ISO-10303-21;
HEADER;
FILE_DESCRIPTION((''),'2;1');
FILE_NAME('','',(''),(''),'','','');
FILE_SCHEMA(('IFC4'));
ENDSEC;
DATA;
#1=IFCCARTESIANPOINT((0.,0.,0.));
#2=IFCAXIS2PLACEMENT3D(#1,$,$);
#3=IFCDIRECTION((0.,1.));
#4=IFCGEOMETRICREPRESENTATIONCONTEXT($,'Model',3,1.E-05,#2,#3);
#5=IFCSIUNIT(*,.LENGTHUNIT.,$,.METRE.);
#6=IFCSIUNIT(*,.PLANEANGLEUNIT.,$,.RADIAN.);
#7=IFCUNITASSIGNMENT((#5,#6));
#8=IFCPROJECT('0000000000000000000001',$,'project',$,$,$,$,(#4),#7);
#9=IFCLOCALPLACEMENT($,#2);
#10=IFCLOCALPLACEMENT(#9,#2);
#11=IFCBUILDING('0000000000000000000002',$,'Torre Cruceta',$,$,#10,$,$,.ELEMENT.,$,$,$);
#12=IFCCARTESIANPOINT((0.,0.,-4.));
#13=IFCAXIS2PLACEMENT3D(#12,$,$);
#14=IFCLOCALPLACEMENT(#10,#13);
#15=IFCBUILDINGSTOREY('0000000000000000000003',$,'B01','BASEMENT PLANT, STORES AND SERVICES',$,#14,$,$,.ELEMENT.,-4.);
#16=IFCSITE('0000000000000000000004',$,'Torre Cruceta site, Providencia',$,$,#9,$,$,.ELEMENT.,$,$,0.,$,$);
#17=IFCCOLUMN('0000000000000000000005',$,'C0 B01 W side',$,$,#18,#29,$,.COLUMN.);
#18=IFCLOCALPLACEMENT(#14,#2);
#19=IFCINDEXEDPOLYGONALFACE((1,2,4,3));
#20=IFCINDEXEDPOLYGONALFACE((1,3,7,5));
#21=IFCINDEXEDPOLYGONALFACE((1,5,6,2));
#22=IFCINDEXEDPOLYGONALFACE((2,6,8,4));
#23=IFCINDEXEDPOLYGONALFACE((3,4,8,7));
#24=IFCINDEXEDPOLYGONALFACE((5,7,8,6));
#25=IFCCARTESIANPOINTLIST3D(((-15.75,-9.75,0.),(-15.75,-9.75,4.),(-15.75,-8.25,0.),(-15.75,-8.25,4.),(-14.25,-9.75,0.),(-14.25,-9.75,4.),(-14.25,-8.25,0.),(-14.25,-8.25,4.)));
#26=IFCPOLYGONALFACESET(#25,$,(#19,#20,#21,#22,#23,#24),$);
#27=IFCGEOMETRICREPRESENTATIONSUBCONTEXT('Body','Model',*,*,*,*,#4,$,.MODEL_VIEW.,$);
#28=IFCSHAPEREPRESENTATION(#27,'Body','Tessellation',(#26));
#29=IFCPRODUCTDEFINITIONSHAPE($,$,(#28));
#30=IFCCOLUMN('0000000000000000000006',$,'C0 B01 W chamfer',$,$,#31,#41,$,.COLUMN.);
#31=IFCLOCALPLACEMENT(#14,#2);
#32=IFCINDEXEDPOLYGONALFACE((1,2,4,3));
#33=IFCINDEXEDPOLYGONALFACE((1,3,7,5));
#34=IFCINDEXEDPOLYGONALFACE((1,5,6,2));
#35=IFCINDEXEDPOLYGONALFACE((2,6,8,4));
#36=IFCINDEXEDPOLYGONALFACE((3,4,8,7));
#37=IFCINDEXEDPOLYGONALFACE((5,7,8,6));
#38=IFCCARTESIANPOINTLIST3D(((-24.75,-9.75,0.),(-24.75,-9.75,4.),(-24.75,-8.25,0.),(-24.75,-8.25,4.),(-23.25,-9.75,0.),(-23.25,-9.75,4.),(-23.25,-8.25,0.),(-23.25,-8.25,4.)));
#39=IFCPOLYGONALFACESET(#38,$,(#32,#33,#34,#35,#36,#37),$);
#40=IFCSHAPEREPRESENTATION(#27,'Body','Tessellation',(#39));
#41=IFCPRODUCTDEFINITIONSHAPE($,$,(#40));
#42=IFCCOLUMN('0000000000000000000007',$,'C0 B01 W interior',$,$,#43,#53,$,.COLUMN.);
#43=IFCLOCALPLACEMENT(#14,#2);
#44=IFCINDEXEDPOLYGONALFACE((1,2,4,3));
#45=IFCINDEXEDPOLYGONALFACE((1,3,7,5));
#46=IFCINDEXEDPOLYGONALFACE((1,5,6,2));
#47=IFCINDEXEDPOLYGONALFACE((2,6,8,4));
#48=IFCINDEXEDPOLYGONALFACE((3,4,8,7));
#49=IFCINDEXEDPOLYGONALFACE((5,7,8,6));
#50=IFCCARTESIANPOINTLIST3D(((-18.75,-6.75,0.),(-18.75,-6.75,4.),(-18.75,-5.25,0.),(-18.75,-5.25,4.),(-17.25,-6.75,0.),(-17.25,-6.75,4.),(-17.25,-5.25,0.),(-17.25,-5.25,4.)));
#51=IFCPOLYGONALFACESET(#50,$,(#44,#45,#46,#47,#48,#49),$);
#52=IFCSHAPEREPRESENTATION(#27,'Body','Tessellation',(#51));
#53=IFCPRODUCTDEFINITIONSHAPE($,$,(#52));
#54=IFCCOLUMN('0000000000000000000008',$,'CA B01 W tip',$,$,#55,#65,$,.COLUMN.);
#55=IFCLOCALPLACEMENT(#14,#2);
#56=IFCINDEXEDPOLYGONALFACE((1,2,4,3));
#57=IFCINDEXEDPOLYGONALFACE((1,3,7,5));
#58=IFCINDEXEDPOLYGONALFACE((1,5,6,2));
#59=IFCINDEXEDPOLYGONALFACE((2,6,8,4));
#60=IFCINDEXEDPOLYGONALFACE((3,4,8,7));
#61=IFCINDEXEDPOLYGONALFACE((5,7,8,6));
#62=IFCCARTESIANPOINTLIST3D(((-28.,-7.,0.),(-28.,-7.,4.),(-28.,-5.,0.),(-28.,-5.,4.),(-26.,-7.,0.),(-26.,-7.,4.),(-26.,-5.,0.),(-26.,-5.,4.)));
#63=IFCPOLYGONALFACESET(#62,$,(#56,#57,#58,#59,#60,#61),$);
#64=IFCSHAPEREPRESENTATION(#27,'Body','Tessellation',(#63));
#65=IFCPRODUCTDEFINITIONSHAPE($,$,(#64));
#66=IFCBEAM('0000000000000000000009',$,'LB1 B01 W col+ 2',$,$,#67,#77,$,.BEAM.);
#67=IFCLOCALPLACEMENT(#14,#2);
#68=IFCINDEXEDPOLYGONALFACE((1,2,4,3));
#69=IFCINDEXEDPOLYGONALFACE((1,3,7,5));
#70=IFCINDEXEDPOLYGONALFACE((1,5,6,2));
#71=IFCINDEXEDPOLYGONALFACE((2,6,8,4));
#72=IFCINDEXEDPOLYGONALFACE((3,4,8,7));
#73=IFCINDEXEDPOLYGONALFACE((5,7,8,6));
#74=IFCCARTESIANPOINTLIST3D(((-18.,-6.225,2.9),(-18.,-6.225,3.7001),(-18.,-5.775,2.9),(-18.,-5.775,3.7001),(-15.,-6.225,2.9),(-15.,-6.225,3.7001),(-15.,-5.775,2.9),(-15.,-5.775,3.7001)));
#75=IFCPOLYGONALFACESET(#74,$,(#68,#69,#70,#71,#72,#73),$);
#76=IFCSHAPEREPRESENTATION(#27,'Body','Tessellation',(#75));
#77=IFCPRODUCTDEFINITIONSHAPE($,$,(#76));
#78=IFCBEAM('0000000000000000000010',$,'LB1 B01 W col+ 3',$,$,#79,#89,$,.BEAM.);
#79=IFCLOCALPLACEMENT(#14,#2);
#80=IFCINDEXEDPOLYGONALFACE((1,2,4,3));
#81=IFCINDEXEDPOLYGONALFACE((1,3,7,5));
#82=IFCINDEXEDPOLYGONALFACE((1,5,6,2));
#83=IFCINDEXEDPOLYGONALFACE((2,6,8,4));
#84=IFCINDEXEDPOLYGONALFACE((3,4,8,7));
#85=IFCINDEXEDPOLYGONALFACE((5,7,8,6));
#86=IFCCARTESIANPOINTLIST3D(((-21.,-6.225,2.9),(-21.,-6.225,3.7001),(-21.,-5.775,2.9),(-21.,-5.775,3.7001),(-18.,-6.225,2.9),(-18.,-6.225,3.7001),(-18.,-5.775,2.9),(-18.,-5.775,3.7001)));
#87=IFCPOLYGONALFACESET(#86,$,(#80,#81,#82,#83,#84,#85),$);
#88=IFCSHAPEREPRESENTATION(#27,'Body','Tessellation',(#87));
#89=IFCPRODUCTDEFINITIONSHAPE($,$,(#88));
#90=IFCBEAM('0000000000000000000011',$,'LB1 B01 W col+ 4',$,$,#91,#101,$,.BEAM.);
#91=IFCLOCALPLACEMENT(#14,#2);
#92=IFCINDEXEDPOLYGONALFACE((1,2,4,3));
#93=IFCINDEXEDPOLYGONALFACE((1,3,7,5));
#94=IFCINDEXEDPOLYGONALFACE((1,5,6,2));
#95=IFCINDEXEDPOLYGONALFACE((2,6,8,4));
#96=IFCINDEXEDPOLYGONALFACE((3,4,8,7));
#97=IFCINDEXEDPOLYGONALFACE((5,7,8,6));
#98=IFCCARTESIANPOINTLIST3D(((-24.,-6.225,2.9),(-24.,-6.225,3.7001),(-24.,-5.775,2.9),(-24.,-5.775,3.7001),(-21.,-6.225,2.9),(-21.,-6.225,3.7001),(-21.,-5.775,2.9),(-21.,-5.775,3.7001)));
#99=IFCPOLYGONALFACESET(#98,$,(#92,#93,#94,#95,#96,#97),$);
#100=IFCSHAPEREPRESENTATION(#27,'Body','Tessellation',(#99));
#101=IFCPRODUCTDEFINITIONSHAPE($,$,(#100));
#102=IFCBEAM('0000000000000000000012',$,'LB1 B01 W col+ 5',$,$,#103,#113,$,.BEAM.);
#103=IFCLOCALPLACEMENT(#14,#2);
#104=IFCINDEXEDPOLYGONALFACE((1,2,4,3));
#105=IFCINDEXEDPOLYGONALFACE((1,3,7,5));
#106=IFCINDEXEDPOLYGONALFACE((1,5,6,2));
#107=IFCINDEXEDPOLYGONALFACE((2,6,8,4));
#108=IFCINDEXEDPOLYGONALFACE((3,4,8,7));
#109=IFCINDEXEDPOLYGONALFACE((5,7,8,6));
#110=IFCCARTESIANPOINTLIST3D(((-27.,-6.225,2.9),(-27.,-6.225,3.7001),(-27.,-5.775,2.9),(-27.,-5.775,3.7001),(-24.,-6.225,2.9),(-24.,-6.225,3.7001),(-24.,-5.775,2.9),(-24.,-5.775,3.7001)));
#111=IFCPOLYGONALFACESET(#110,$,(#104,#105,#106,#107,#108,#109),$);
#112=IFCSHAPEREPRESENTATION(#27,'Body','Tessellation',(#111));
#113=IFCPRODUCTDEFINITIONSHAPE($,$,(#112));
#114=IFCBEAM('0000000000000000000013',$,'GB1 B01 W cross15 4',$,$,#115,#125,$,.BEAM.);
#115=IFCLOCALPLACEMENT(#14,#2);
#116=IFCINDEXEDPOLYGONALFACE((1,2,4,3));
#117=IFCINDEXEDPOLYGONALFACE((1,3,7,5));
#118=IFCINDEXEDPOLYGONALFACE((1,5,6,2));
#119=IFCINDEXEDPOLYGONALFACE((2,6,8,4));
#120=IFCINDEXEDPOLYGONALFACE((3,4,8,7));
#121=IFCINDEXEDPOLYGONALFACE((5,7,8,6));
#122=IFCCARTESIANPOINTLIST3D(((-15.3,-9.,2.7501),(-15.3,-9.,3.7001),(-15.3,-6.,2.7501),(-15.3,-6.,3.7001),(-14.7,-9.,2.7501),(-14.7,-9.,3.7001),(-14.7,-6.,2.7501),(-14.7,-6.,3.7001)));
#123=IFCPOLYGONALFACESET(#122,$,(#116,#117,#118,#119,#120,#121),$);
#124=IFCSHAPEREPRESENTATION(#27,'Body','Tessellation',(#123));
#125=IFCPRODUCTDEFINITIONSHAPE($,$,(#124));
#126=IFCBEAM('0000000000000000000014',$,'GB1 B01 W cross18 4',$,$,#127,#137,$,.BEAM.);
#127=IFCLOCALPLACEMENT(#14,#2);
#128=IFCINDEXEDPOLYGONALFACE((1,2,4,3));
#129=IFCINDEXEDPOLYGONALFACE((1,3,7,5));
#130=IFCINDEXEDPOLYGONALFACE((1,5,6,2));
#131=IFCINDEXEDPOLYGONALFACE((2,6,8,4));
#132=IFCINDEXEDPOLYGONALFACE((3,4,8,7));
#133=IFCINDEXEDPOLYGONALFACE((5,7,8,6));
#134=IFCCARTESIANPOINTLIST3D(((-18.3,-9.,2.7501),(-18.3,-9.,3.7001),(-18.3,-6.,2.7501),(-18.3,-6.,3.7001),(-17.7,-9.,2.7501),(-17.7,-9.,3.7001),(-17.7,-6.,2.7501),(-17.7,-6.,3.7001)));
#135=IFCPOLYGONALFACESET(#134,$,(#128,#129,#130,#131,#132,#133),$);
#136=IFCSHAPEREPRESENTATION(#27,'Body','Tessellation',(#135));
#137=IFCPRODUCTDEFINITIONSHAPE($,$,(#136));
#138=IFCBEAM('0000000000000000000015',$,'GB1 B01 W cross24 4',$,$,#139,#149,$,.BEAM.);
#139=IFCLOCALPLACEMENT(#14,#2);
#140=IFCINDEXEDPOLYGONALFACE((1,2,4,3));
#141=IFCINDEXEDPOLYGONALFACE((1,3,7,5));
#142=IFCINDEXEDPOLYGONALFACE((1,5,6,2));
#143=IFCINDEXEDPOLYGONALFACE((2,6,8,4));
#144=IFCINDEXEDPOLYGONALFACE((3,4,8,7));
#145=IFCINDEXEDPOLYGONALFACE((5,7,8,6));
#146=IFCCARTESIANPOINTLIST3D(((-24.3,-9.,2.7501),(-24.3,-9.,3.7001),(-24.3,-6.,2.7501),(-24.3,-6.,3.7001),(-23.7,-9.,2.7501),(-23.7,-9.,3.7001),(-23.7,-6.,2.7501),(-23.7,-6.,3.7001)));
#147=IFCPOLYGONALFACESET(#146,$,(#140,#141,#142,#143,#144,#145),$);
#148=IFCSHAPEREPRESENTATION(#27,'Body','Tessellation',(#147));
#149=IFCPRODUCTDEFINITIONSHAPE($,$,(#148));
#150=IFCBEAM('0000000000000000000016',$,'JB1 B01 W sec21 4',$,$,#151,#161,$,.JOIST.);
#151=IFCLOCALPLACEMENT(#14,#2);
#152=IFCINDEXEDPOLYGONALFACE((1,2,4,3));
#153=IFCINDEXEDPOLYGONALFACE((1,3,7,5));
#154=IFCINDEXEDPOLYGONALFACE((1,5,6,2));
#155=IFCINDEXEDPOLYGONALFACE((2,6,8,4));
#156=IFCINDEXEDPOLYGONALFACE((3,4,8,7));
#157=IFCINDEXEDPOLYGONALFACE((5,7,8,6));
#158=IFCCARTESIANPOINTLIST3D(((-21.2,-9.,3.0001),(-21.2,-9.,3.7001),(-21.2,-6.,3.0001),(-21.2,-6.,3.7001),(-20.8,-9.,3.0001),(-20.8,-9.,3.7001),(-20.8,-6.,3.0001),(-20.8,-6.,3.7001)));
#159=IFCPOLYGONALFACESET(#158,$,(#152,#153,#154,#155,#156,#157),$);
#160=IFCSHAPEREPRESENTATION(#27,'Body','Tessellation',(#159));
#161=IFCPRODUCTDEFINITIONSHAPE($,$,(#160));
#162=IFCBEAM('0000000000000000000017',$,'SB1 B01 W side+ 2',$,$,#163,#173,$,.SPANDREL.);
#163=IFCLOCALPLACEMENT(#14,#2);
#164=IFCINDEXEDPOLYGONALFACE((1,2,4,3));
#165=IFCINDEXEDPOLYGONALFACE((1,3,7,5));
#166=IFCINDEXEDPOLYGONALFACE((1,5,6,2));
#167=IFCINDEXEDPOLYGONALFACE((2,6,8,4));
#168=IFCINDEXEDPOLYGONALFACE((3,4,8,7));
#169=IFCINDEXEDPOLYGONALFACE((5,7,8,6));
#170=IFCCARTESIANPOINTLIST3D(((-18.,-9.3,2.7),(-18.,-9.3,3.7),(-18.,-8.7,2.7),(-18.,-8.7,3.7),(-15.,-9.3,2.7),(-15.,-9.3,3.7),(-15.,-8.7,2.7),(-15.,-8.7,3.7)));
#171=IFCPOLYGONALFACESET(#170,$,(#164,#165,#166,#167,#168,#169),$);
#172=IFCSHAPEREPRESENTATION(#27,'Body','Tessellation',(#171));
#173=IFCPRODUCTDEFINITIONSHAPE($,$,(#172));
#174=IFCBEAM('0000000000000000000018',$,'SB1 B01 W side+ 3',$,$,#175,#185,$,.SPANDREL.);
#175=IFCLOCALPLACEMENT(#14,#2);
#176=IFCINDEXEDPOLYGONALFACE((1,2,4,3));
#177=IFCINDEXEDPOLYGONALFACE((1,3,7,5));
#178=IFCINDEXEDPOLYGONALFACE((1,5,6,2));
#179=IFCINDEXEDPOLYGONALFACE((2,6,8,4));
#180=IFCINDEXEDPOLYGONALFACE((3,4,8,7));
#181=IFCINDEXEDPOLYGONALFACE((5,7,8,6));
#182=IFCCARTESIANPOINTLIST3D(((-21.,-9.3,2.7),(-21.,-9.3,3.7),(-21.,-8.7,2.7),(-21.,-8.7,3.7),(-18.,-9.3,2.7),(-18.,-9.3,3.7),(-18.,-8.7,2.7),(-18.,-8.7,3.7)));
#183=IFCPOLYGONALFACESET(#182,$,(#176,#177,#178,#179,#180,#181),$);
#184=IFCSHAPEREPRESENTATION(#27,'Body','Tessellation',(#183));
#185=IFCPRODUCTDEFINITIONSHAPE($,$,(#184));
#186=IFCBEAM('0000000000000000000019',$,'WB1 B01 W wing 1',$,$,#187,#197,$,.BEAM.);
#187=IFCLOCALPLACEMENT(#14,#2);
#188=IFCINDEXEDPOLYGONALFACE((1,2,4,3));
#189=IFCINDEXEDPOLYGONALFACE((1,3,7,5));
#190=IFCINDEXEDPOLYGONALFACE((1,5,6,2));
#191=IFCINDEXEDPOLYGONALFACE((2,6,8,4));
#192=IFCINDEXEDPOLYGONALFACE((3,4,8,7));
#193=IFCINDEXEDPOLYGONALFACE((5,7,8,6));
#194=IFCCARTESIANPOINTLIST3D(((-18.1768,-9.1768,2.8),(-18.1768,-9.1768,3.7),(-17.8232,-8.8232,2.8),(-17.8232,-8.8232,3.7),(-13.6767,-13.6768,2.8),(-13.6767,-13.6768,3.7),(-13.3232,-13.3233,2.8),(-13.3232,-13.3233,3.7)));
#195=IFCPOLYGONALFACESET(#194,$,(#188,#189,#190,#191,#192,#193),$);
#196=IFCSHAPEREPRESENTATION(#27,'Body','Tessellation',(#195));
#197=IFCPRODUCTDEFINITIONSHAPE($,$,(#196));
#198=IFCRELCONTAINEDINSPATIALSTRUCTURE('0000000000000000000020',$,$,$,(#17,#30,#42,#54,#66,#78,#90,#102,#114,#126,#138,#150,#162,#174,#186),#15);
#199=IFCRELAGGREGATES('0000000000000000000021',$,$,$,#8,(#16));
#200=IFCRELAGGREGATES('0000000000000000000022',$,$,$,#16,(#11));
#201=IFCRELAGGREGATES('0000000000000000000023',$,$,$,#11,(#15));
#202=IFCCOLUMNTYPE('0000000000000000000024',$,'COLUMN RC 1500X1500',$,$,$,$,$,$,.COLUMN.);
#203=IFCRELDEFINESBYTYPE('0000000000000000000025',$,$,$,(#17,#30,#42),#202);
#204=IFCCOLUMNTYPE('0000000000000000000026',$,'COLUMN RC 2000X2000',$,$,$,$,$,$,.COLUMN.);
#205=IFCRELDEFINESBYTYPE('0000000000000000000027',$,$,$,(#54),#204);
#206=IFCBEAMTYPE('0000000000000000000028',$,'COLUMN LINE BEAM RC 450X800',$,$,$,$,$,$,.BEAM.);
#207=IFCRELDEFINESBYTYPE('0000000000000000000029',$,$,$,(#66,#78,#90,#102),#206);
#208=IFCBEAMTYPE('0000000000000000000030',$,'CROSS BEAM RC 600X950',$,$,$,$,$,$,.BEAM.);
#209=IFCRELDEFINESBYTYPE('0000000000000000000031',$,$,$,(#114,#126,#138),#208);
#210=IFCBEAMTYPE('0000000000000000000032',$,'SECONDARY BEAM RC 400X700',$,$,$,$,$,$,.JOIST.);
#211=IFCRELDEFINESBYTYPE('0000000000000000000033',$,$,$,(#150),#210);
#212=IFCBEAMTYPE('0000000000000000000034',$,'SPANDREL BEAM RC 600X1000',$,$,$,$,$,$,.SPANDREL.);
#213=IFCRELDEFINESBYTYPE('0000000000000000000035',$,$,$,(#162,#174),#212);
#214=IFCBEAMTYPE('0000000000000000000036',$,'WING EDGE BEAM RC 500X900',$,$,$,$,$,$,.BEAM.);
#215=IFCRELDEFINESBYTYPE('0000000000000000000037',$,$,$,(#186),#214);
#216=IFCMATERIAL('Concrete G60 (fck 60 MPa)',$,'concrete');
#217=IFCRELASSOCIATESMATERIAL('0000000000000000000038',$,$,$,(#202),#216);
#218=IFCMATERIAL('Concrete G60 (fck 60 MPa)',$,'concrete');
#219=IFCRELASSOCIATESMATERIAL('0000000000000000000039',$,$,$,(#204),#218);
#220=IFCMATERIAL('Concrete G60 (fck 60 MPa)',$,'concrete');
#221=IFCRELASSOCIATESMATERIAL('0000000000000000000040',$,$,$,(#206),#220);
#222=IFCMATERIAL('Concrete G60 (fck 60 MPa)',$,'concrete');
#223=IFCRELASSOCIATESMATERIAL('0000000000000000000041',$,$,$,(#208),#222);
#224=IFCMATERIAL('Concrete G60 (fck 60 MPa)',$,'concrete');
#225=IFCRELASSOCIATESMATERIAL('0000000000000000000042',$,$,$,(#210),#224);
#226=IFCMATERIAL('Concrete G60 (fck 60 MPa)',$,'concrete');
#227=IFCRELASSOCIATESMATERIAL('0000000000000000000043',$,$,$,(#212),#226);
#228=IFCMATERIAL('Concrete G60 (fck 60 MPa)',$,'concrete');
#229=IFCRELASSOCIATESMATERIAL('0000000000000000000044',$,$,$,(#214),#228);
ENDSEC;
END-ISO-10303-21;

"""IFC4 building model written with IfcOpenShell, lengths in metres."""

from ifc_helpers import new_model, si_unit, direction, frame, origin, origin_2d, place, context, subcontext, project, spatial, rectangle, extrude, material, material_profile, profile_set, type_object, element, save


model = new_model("IFC4")

# Units and contexts
model_context = context("Model", 3, precision=1e-05, world=origin(), true_north=direction((0.0, 1.0)))
body_context = subcontext(model_context, "Body", "Model", "MODEL_VIEW")
ifc_project = project(units=[si_unit("LENGTHUNIT", "METRE"), si_unit("PLANEANGLEUNIT", "RADIAN")], contexts=[model_context])

# Site, building, storey
site_placement = place(None, origin())
site = spatial("IfcSite", under=ifc_project, at=site_placement, Name="Torre Cruceta site, Providencia", CompositionType="ELEMENT", RefElevation=0.0)
building_placement = place(site_placement, origin())
building = spatial("IfcBuilding", under=site, at=building_placement, Name="Torre Cruceta", CompositionType="ELEMENT")
storey_placement = place(building_placement, frame((0.0, 0.0, -4.0)))
storey = spatial("IfcBuildingStorey", under=building, at=storey_placement, Name="B01", Description="BASEMENT PLANT, STORES AND SERVICES", CompositionType="ELEMENT", Elevation=-4.0)

# Columns
ifc_material_1 = material(Name="Concrete G60 (fck 60 MPa)", Category="concrete")
ifc_material_profile_1 = material_profile(ifc_material_1, rectangle(XDim=1.5, YDim=1.5, at=origin_2d()), Name="RC 1500X1500")
ifc_profile_set_1 = profile_set([ifc_material_profile_1], Name="Concrete G60 (fck 60 MPa)")
column_type_1 = type_object("IfcColumnType", Name="COLUMN RC 1500X1500", PredefinedType="COLUMN", material=ifc_profile_set_1)
for number, where, z_axis, x_axis, name in (
    (1, (-15.0, -9.0, 0.0), (0.0, 0.0, 1.0), (1.0, 0.0, 0.0), "C0 B01 W side"),
    (2, (-24.0, -9.0, 0.0), (0.0, 0.0, 1.0), (1.0, 0.0, 0.0), "C0 B01 W chamfer"),
    (3, (-18.0, -6.0, 0.0), (0.0, 0.0, 1.0), (1.0, 0.0, 0.0), "C0 B01 W interior"),
):
    element("IfcColumn", number, at=place(storey_placement, frame(where, z_axis=z_axis, x_axis=x_axis)), inside=storey, type_object=column_type_1, Name=name, PredefinedType="COLUMN", context=body_context, shape_type="SweptSolid", body=[
        extrude(rectangle(XDim=1.5, YDim=1.5, at=origin_2d()), origin(), (0.0, 0.0, 1.0), 4.0),
    ])
ifc_material_2 = material(Name="Concrete G60 (fck 60 MPa)", Category="concrete")
ifc_material_profile_2 = material_profile(ifc_material_2, rectangle(XDim=2.0, YDim=2.0, at=origin_2d()), Name="RC 2000X2000")
ifc_profile_set_2 = profile_set([ifc_material_profile_2], Name="Concrete G60 (fck 60 MPa)")
column_type_2 = type_object("IfcColumnType", Name="COLUMN RC 2000X2000", PredefinedType="COLUMN", material=ifc_profile_set_2)
column_placement = place(storey_placement, frame((-27.0, -6.0, 0.0), z_axis=(0.0, 0.0, 1.0), x_axis=(1.0, 0.0, 0.0)))
element("IfcColumn", 4, at=column_placement, inside=storey, type_object=column_type_2, Name="CA B01 W tip", PredefinedType="COLUMN", context=body_context, shape_type="SweptSolid", body=[
    extrude(rectangle(XDim=2.0, YDim=2.0, at=origin_2d()), origin(), (0.0, 0.0, 1.0), 4.0),
])

# Beams
ifc_material_3 = material(Name="Concrete G60 (fck 60 MPa)", Category="concrete")
ifc_material_profile_3 = material_profile(ifc_material_3, rectangle(XDim=0.45, YDim=0.8, at=origin_2d()), Name="RC 450X800")
ifc_profile_set_3 = profile_set([ifc_material_profile_3], Name="Concrete G60 (fck 60 MPa)")
beam_type_1 = type_object("IfcBeamType", Name="COLUMN LINE BEAM RC 450X800", PredefinedType="BEAM", material=ifc_profile_set_3)
for number, where, z_axis, x_axis, name in (
    (5, (-15.0, -6.0, 3.3), (-1.0, 0.0, 0.0), (0.0, -1.0, 0.0), "LB1 B01 W col+ 2"),
    (6, (-18.0, -6.0, 3.3), (-1.0, 0.0, 0.0), (0.0, -1.0, 0.0), "LB1 B01 W col+ 3"),
    (7, (-21.0, -6.0, 3.3), (-1.0, 0.0, 0.0), (0.0, -1.0, 0.0), "LB1 B01 W col+ 4"),
    (8, (-24.0, -6.0, 3.3), (-1.0, 0.0, 0.0), (0.0, -1.0, 0.0), "LB1 B01 W col+ 5"),
):
    element("IfcBeam", number, at=place(storey_placement, frame(where, z_axis=z_axis, x_axis=x_axis)), inside=storey, type_object=beam_type_1, Name=name, PredefinedType="BEAM", context=body_context, shape_type="SweptSolid", body=[
        extrude(rectangle(XDim=0.45, YDim=0.8, at=origin_2d()), origin(), (0.0, 0.0, 1.0), 3.0),
    ])
ifc_material_4 = material(Name="Concrete G60 (fck 60 MPa)", Category="concrete")
ifc_material_profile_4 = material_profile(ifc_material_4, rectangle(XDim=0.6001, YDim=0.95, at=origin_2d()), Name="RC 600X950")
ifc_profile_set_4 = profile_set([ifc_material_profile_4], Name="Concrete G60 (fck 60 MPa)")
beam_type_2 = type_object("IfcBeamType", Name="CROSS BEAM RC 600X950", PredefinedType="BEAM", material=ifc_profile_set_4)
for number, where, z_axis, x_axis, name in (
    (9, (-15.0, -6.0, 3.2251), (0.0, -1.0, 0.0), (1.0, 0.0, 0.0), "GB1 B01 W cross15 4"),
    (10, (-18.0, -6.0, 3.2251), (0.0, -1.0, 0.0), (1.0, 0.0, 0.0), "GB1 B01 W cross18 4"),
    (11, (-24.0, -6.0, 3.2251), (0.0, -1.0, 0.0), (1.0, 0.0, 0.0), "GB1 B01 W cross24 4"),
):
    element("IfcBeam", number, at=place(storey_placement, frame(where, z_axis=z_axis, x_axis=x_axis)), inside=storey, type_object=beam_type_2, Name=name, PredefinedType="BEAM", context=body_context, shape_type="SweptSolid", body=[
        extrude(rectangle(XDim=0.6001, YDim=0.95, at=origin_2d()), origin(), (0.0, 0.0, 1.0), 3.0),
    ])
ifc_material_5 = material(Name="Concrete G60 (fck 60 MPa)", Category="concrete")
ifc_material_profile_5 = material_profile(ifc_material_5, rectangle(XDim=0.3999, YDim=0.7, at=origin_2d()), Name="RC 400X700")
ifc_profile_set_5 = profile_set([ifc_material_profile_5], Name="Concrete G60 (fck 60 MPa)")
beam_type_3 = type_object("IfcBeamType", Name="SECONDARY BEAM RC 400X700", PredefinedType="JOIST", material=ifc_profile_set_5)
beam_1_placement = place(storey_placement, frame((-21.0, -6.0, 3.3501), z_axis=(0.0, -1.0, 0.0), x_axis=(1.0, 0.0, 0.0)))
element("IfcBeam", 12, at=beam_1_placement, inside=storey, type_object=beam_type_3, Name="JB1 B01 W sec21 4", PredefinedType="JOIST", context=body_context, shape_type="SweptSolid", body=[
    extrude(rectangle(XDim=0.3999, YDim=0.7, at=origin_2d()), origin(), (0.0, 0.0, 1.0), 3.0),
])
ifc_material_6 = material(Name="Concrete G60 (fck 60 MPa)", Category="concrete")
ifc_material_profile_6 = material_profile(ifc_material_6, rectangle(XDim=0.6001, YDim=1.0, at=origin_2d()), Name="RC 600X1000")
ifc_profile_set_6 = profile_set([ifc_material_profile_6], Name="Concrete G60 (fck 60 MPa)")
beam_type_4 = type_object("IfcBeamType", Name="SPANDREL BEAM RC 600X1000", PredefinedType="SPANDREL", material=ifc_profile_set_6)
for number, where, z_axis, x_axis, name in (
    (13, (-15.0, -9.0, 3.2), (-1.0, 0.0, 0.0), (0.0, -1.0, 0.0), "SB1 B01 W side+ 2"),
    (14, (-18.0, -9.0, 3.2), (-1.0, 0.0, 0.0), (0.0, -1.0, 0.0), "SB1 B01 W side+ 3"),
):
    element("IfcBeam", number, at=place(storey_placement, frame(where, z_axis=z_axis, x_axis=x_axis)), inside=storey, type_object=beam_type_4, Name=name, PredefinedType="SPANDREL", context=body_context, shape_type="SweptSolid", body=[
        extrude(rectangle(XDim=0.6001, YDim=1.0, at=origin_2d()), origin(), (0.0, 0.0, 1.0), 3.0),
    ])
ifc_material_7 = material(Name="Concrete G60 (fck 60 MPa)", Category="concrete")
ifc_material_profile_7 = material_profile(ifc_material_7, rectangle(XDim=0.5, YDim=0.8999, at=origin_2d()), Name="RC 500X900")
ifc_profile_set_7 = profile_set([ifc_material_profile_7], Name="Concrete G60 (fck 60 MPa)")
beam_type_5 = type_object("IfcBeamType", Name="WING EDGE BEAM RC 500X900", PredefinedType="BEAM", material=ifc_profile_set_7)
beam_2_placement = place(storey_placement, frame((-18.0, -9.0, 3.25), z_axis=(0.707107, -0.707107, 0.0), x_axis=(0.707107, 0.707107, 0.0)))
element("IfcBeam", 15, at=beam_2_placement, inside=storey, type_object=beam_type_5, Name="WB1 B01 W wing 1", PredefinedType="BEAM", context=body_context, shape_type="SweptSolid", body=[
    extrude(rectangle(XDim=0.5, YDim=0.8999, at=origin_2d()), origin(), (0.0, 0.0, 1.0), 6.364),
])

save(model, "model.ifc")
